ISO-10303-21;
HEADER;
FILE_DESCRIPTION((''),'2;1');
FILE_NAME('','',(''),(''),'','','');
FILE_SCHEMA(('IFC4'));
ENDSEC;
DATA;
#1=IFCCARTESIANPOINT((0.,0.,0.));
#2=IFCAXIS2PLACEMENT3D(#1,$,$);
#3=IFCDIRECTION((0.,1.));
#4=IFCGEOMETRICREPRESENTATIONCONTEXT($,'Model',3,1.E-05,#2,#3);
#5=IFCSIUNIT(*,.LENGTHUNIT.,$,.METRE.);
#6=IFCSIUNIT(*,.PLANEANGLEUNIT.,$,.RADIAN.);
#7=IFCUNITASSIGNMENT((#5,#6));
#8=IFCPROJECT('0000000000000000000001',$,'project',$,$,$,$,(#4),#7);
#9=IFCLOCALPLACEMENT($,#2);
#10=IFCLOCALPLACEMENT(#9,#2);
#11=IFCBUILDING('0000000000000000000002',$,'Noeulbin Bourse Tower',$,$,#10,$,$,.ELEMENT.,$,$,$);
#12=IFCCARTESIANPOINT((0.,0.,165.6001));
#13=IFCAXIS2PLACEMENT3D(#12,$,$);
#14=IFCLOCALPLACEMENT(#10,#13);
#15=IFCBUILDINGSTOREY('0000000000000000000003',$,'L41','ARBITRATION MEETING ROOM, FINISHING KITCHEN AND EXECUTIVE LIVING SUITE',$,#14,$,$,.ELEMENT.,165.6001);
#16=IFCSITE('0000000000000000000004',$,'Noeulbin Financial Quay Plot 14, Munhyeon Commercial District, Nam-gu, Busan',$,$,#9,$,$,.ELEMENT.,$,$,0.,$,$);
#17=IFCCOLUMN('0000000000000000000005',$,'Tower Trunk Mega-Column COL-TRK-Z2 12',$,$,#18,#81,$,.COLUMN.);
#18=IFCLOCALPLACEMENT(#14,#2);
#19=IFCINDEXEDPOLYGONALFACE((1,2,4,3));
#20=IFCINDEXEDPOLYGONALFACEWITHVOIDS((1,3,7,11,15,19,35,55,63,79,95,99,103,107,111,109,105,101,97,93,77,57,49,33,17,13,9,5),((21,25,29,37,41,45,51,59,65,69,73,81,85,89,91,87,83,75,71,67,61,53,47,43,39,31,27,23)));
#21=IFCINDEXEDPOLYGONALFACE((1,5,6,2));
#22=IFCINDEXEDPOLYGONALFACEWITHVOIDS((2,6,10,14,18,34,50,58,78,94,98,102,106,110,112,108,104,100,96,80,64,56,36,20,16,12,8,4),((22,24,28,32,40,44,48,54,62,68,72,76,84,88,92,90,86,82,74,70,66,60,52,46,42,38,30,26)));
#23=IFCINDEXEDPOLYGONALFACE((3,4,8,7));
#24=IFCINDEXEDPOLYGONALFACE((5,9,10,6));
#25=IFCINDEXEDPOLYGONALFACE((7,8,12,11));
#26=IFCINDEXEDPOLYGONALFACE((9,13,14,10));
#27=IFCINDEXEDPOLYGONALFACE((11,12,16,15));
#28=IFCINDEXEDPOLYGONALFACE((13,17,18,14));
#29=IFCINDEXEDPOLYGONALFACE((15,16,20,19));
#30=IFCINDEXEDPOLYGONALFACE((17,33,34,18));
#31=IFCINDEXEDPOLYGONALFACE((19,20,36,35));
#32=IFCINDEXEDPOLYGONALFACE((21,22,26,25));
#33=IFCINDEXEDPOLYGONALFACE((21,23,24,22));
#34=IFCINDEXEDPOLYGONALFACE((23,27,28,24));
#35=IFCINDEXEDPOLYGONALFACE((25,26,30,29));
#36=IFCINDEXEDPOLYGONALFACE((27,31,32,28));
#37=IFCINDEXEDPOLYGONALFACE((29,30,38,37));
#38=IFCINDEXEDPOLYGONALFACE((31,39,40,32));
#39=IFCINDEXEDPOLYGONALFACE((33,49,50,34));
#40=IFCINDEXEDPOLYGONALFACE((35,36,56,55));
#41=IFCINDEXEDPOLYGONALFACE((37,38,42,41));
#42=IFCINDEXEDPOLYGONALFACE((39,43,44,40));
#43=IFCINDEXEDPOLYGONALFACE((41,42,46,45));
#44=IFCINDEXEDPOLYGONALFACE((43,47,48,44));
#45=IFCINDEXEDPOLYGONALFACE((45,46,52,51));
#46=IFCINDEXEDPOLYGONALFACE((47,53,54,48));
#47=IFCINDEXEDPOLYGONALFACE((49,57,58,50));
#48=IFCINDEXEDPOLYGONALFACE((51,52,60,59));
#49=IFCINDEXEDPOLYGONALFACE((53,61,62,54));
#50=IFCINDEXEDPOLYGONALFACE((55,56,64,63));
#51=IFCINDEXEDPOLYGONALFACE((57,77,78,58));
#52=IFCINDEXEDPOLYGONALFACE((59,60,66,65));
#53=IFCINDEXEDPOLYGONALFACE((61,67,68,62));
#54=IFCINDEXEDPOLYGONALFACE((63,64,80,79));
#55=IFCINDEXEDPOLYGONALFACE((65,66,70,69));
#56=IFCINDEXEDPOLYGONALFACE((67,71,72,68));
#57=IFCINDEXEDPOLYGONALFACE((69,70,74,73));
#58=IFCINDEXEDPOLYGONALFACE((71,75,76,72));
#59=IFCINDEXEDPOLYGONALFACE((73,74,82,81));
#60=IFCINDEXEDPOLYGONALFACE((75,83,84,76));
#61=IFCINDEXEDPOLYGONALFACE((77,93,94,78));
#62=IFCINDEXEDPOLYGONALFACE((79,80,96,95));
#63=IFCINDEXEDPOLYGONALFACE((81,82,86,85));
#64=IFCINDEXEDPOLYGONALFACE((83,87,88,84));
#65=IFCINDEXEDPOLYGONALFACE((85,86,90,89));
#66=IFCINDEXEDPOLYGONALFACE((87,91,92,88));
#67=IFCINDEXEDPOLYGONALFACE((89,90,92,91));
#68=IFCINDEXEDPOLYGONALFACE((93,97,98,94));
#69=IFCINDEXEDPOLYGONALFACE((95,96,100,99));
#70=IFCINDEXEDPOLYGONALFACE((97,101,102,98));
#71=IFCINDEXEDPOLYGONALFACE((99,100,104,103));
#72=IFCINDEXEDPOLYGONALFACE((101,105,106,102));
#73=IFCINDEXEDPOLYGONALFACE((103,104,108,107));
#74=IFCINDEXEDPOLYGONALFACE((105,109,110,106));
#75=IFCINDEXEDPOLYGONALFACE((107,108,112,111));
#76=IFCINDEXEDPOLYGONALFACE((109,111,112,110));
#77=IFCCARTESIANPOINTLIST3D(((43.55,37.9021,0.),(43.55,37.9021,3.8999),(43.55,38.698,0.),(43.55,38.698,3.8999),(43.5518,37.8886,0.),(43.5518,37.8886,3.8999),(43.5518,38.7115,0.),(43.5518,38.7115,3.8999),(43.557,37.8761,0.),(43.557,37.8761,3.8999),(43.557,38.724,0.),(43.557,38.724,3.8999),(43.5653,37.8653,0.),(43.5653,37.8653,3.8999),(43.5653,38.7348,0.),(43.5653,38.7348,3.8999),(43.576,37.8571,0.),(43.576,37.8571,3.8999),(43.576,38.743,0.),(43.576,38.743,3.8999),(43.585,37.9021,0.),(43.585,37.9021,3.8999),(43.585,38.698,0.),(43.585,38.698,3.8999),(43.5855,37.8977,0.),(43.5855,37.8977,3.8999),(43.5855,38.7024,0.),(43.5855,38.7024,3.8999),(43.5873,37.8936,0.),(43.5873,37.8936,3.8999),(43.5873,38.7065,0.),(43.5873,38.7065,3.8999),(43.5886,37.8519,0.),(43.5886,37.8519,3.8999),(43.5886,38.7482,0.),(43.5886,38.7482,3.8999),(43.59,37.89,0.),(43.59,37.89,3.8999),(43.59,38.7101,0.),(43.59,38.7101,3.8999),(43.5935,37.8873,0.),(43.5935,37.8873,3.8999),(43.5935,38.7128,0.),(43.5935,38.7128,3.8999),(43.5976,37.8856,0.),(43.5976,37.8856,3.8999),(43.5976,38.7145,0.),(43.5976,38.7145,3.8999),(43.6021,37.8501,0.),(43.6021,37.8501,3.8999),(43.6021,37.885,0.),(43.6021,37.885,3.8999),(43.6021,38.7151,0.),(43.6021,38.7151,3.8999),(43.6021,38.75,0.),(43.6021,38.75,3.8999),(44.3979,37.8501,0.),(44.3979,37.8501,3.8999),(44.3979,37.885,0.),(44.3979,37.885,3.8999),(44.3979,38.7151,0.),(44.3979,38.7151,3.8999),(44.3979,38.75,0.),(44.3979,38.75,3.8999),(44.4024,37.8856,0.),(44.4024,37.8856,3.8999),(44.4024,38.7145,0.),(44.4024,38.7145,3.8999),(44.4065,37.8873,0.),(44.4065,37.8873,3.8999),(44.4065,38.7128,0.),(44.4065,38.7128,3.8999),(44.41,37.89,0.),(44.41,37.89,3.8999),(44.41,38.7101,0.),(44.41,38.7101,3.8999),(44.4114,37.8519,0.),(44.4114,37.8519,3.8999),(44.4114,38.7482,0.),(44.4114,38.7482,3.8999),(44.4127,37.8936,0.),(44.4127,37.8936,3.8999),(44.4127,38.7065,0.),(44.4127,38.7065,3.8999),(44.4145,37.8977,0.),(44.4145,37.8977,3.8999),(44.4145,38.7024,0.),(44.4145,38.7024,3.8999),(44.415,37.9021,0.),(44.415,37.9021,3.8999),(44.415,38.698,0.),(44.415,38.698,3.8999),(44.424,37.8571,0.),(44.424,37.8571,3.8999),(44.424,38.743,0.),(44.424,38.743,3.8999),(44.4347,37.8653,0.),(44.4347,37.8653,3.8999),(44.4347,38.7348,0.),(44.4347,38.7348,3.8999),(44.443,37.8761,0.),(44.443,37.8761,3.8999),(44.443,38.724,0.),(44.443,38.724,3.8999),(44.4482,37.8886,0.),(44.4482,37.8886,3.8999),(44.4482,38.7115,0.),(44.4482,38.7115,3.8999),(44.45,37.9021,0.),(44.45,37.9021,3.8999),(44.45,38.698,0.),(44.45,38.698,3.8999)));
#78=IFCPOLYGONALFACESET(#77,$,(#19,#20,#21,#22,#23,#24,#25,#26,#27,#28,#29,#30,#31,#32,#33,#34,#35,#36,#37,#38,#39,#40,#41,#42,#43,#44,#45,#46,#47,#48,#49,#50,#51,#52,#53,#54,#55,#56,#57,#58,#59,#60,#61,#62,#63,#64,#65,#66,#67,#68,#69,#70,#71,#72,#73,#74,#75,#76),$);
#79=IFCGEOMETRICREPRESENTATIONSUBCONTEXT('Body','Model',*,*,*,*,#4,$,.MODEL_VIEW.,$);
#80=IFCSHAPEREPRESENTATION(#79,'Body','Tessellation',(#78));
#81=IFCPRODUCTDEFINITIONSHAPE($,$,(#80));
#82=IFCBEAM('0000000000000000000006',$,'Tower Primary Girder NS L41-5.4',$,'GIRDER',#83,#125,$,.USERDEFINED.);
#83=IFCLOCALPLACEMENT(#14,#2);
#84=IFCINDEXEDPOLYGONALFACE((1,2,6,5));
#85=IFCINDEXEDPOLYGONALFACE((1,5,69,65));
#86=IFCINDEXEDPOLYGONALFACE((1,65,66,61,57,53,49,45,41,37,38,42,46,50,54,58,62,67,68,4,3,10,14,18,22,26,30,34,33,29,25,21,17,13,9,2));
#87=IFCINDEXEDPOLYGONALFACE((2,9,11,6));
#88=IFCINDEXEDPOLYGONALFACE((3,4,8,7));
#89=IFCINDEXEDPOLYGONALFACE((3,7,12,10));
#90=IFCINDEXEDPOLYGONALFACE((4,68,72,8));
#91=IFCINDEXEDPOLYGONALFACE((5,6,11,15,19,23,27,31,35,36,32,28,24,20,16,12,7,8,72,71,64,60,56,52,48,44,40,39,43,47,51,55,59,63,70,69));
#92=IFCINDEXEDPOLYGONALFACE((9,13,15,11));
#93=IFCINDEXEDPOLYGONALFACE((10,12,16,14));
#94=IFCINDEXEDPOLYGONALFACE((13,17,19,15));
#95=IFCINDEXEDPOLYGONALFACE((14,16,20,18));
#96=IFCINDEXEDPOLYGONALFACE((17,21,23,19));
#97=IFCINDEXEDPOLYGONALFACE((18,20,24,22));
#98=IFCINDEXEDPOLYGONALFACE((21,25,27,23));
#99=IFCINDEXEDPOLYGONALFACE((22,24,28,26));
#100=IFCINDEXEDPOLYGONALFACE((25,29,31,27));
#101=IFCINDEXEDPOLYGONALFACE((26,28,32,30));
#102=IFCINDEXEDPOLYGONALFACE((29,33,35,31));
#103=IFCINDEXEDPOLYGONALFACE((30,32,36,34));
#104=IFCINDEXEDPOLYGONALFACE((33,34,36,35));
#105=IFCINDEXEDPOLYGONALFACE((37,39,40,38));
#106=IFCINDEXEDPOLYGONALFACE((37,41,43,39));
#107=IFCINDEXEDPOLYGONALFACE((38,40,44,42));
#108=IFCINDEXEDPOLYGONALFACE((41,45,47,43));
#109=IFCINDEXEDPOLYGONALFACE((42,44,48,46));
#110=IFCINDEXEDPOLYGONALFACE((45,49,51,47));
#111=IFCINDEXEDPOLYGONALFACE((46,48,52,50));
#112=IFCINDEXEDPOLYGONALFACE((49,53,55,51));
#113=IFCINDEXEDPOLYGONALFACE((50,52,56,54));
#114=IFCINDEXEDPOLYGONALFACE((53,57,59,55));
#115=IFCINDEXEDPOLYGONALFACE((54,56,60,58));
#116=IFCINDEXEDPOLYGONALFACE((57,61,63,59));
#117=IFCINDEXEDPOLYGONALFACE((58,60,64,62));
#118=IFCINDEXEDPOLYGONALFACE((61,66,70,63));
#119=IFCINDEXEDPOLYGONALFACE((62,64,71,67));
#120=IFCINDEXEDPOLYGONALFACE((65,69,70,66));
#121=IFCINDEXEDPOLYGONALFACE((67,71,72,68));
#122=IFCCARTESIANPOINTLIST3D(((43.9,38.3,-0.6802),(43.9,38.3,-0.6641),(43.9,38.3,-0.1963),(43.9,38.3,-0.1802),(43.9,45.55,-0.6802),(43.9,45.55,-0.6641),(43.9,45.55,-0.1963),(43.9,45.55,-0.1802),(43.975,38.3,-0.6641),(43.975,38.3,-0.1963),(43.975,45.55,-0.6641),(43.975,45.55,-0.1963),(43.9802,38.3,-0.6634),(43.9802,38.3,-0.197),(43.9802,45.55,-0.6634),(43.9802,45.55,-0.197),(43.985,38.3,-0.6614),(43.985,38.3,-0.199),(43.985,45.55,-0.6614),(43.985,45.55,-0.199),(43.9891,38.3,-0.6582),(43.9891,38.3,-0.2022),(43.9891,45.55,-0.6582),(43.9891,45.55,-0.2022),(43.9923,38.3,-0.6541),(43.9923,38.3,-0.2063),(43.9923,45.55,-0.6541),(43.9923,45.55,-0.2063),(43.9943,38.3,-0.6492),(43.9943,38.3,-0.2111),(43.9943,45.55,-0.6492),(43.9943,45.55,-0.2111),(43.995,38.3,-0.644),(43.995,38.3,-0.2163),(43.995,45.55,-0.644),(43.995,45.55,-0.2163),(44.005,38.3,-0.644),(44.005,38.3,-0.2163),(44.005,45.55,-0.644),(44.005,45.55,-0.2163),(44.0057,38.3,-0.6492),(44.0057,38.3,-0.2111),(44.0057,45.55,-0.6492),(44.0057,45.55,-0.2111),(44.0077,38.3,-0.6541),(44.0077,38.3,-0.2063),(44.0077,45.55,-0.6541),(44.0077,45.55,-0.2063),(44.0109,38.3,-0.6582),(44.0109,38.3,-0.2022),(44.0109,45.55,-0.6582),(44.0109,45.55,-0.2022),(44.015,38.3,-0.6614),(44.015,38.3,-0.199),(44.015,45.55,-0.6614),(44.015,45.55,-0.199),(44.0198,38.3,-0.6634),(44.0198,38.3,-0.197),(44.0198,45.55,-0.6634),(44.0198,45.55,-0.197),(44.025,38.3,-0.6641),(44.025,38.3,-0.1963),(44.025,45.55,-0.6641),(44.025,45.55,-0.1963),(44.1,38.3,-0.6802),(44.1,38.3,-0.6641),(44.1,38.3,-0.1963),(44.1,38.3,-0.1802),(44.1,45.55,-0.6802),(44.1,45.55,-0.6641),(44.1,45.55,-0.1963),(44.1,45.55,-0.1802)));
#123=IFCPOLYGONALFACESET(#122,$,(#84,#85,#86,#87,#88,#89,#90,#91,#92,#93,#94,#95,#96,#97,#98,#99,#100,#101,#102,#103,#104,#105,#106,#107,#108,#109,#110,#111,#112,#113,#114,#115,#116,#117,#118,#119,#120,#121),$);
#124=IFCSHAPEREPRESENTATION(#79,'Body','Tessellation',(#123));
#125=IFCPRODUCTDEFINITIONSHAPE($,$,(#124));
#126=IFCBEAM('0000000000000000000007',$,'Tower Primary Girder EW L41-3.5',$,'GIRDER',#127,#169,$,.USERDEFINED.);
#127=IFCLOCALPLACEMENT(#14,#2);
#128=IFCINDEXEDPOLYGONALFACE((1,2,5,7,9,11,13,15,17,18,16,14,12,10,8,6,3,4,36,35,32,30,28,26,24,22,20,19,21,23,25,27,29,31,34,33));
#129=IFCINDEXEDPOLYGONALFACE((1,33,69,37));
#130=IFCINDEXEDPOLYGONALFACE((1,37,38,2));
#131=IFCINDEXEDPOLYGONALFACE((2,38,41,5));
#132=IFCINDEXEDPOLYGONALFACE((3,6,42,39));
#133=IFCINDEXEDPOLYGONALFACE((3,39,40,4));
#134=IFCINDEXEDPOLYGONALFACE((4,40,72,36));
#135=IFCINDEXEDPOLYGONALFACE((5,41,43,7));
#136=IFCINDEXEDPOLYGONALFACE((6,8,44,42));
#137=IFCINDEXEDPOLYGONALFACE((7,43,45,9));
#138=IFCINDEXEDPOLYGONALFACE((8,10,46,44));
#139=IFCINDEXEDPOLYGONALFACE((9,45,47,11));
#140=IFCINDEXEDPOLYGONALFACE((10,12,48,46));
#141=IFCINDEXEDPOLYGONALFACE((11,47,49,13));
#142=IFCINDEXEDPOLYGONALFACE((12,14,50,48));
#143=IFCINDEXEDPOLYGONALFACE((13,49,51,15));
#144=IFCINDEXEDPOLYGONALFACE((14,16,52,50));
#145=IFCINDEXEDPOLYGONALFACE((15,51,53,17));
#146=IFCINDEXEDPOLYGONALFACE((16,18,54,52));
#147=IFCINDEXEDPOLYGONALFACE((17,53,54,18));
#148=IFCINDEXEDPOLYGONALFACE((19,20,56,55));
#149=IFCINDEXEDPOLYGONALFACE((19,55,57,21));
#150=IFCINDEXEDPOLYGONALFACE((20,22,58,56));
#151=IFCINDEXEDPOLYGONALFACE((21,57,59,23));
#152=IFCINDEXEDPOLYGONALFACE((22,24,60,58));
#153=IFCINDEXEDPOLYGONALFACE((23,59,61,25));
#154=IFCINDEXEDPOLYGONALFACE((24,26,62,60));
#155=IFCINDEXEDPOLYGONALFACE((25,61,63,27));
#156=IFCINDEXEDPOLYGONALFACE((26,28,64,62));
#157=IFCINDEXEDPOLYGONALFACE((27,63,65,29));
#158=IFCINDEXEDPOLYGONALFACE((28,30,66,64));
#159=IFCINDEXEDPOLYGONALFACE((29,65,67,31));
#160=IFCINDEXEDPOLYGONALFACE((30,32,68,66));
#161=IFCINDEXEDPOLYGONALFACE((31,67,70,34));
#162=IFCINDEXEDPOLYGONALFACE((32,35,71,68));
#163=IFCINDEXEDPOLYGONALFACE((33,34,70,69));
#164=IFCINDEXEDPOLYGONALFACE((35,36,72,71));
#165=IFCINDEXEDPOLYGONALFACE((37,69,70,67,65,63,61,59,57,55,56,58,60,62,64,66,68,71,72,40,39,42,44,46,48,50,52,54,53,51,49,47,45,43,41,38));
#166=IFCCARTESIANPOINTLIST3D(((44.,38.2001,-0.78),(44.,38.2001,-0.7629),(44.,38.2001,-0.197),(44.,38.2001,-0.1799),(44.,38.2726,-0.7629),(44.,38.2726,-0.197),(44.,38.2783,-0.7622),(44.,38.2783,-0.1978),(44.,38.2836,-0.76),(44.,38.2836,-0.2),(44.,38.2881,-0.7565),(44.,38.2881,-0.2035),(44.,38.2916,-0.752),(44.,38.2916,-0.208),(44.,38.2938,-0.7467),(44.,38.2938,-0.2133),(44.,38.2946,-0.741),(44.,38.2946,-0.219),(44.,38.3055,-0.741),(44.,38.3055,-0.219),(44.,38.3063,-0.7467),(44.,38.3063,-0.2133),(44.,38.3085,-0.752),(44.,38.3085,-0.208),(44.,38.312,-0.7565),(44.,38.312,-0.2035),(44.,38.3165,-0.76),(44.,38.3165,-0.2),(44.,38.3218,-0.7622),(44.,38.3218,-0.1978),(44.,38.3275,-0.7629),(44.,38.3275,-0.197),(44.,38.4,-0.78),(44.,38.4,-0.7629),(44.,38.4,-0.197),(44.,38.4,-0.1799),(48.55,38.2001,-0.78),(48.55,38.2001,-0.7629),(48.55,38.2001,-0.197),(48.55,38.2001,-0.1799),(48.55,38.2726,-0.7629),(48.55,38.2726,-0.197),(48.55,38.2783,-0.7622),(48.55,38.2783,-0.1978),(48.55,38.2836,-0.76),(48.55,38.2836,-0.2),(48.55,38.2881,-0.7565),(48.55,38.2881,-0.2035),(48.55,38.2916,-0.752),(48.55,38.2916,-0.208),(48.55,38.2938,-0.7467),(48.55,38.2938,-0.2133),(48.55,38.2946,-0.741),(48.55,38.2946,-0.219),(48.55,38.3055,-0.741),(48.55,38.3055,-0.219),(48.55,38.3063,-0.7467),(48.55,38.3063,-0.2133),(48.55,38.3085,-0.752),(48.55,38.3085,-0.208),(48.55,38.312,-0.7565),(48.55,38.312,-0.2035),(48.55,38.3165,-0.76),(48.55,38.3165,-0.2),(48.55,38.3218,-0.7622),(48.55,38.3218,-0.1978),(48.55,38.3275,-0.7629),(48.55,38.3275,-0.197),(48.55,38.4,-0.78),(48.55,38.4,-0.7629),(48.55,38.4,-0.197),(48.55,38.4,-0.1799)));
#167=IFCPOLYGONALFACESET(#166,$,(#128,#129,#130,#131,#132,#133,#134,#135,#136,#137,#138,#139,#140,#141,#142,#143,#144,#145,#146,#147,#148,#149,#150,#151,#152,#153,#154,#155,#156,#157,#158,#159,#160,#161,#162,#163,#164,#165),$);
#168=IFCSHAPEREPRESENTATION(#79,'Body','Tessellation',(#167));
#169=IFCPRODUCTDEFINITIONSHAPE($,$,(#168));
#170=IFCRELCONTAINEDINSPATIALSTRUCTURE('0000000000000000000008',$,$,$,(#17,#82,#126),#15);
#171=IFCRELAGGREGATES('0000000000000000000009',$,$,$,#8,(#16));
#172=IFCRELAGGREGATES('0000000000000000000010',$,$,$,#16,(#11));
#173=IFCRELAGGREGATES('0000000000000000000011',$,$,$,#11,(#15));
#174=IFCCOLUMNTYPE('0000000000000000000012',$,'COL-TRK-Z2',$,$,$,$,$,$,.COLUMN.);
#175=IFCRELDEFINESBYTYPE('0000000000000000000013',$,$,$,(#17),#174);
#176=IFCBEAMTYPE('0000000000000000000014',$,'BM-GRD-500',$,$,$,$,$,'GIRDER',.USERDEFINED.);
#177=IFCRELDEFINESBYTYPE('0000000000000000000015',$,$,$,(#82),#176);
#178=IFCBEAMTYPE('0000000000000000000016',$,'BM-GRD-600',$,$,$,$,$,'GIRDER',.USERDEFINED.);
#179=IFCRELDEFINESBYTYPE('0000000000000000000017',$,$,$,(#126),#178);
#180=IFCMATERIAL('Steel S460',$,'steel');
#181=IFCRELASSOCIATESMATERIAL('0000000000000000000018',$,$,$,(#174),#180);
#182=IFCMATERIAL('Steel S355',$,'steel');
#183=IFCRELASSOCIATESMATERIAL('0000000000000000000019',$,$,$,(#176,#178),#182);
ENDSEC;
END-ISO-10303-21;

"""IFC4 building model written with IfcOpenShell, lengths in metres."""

from ifc_helpers import new_model, si_unit, direction, frame, origin, origin_2d, place, context, subcontext, project, spatial, hollow_rectangle, i_section, extrude, material, material_profile, profile_set, type_object, element, save


model = new_model("IFC4")

# Units and contexts
model_context = context("Model", 3, precision=1e-05, world=origin(), true_north=direction((0.0, 1.0)))
body_context = subcontext(model_context, "Body", "Model", "MODEL_VIEW")
ifc_project = project(units=[si_unit("LENGTHUNIT", "METRE"), si_unit("PLANEANGLEUNIT", "RADIAN")], contexts=[model_context])

# Site, building, storey
site_placement = place(None, origin())
site = spatial("IfcSite", under=ifc_project, at=site_placement, Name="Noeulbin Financial Quay Plot 14, Munhyeon Commercial District, Nam-gu, Busan", CompositionType="ELEMENT", RefElevation=0.0)
building_placement = place(site_placement, origin())
building = spatial("IfcBuilding", under=site, at=building_placement, Name="Noeulbin Bourse Tower", CompositionType="ELEMENT")
storey_placement = place(building_placement, frame((0.0, 0.0, 165.6001)))
storey = spatial("IfcBuildingStorey", under=building, at=storey_placement, Name="L41", Description="ARBITRATION MEETING ROOM, FINISHING KITCHEN AND EXECUTIVE LIVING SUITE", CompositionType="ELEMENT", Elevation=165.6001)

# Column
ifc_material_1 = material(Name="Steel S355", Category="steel")
ifc_material_2 = material(Name="Steel S460", Category="steel")
ifc_material_profile_1 = material_profile(ifc_material_2, hollow_rectangle(XDim=0.8999, YDim=0.8999, WallThickness=0.0349, InnerFilletRadius=0.0171, OuterFilletRadius=0.052, at=origin_2d()), Name="BOX-900x900x35", Category="LoadBearing")
ifc_profile_set_1 = profile_set([ifc_material_profile_1], Name="Steel S460")
column_type_1 = type_object("IfcColumnType", Name="COL-TRK-Z2", PredefinedType="COLUMN", material=ifc_profile_set_1)
column_1_placement = place(storey_placement, frame((44.0, 38.3, 0.0), z_axis=(0.0, 0.0, 1.0), x_axis=(1.0, 0.0, 0.0)))
element("IfcColumn", 1, at=column_1_placement, inside=storey, type_object=column_type_1, Name="Tower Trunk Mega-Column COL-TRK-Z2 12", PredefinedType="COLUMN", context=body_context, shape_type="SweptSolid", body=[
    extrude(hollow_rectangle(XDim=0.8999, YDim=0.8999, WallThickness=0.0349, InnerFilletRadius=0.0171, OuterFilletRadius=0.052, at=origin_2d()), origin(), (0.0, 0.0, 1.0), 3.8999),
])

# Beams
ifc_material_profile_2 = material_profile(ifc_material_1, i_section(OverallWidth=0.2, OverallDepth=0.5, WebThickness=0.01, FlangeThickness=0.0161, FilletRadius=0.02, at=origin_2d()), Name="H-500x200x10x16", Category="LoadBearing")
ifc_profile_set_2 = profile_set([ifc_material_profile_2], Name="Steel S355")
beam_type_1 = type_object("IfcBeamType", Name="BM-GRD-500", ElementType="GIRDER", PredefinedType="USERDEFINED", material=ifc_profile_set_2)
beam_1_placement = place(storey_placement, frame((44.0, 38.3, -0.4302), z_axis=(0.0, 1.0, 0.0), x_axis=(-1.0, 0.0, 0.0)))
element("IfcBeam", 2, at=beam_1_placement, inside=storey, type_object=beam_type_1, Name="Tower Primary Girder NS L41-5.4", ObjectType="GIRDER", PredefinedType="USERDEFINED", context=body_context, shape_type="SweptSolid", body=[
    extrude(i_section(OverallWidth=0.2, OverallDepth=0.5, WebThickness=0.01, FlangeThickness=0.0161, FilletRadius=0.02, at=origin_2d()), origin(), (0.0, 0.0, 1.0), 7.25),
])
ifc_material_profile_3 = material_profile(ifc_material_1, i_section(OverallWidth=0.2, OverallDepth=0.6001, WebThickness=0.011, FlangeThickness=0.0171, FilletRadius=0.022, at=origin_2d()), Name="H-600x200x11x17", Category="LoadBearing")
ifc_profile_set_3 = profile_set([ifc_material_profile_3], Name="Steel S355")
beam_type_2 = type_object("IfcBeamType", Name="BM-GRD-600", ElementType="GIRDER", PredefinedType="USERDEFINED", material=ifc_profile_set_3)
beam_2_placement = place(storey_placement, frame((44.0, 38.3, -0.48), z_axis=(1.0, 0.0, 0.0), x_axis=(0.0, 1.0, 0.0)))
element("IfcBeam", 3, at=beam_2_placement, inside=storey, type_object=beam_type_2, Name="Tower Primary Girder EW L41-3.5", ObjectType="GIRDER", PredefinedType="USERDEFINED", context=body_context, shape_type="SweptSolid", body=[
    extrude(i_section(OverallWidth=0.2, OverallDepth=0.6001, WebThickness=0.011, FlangeThickness=0.0171, FilletRadius=0.022, at=origin_2d()), origin(), (0.0, 0.0, 1.0), 4.55),
])

save(model, "model.ifc")
